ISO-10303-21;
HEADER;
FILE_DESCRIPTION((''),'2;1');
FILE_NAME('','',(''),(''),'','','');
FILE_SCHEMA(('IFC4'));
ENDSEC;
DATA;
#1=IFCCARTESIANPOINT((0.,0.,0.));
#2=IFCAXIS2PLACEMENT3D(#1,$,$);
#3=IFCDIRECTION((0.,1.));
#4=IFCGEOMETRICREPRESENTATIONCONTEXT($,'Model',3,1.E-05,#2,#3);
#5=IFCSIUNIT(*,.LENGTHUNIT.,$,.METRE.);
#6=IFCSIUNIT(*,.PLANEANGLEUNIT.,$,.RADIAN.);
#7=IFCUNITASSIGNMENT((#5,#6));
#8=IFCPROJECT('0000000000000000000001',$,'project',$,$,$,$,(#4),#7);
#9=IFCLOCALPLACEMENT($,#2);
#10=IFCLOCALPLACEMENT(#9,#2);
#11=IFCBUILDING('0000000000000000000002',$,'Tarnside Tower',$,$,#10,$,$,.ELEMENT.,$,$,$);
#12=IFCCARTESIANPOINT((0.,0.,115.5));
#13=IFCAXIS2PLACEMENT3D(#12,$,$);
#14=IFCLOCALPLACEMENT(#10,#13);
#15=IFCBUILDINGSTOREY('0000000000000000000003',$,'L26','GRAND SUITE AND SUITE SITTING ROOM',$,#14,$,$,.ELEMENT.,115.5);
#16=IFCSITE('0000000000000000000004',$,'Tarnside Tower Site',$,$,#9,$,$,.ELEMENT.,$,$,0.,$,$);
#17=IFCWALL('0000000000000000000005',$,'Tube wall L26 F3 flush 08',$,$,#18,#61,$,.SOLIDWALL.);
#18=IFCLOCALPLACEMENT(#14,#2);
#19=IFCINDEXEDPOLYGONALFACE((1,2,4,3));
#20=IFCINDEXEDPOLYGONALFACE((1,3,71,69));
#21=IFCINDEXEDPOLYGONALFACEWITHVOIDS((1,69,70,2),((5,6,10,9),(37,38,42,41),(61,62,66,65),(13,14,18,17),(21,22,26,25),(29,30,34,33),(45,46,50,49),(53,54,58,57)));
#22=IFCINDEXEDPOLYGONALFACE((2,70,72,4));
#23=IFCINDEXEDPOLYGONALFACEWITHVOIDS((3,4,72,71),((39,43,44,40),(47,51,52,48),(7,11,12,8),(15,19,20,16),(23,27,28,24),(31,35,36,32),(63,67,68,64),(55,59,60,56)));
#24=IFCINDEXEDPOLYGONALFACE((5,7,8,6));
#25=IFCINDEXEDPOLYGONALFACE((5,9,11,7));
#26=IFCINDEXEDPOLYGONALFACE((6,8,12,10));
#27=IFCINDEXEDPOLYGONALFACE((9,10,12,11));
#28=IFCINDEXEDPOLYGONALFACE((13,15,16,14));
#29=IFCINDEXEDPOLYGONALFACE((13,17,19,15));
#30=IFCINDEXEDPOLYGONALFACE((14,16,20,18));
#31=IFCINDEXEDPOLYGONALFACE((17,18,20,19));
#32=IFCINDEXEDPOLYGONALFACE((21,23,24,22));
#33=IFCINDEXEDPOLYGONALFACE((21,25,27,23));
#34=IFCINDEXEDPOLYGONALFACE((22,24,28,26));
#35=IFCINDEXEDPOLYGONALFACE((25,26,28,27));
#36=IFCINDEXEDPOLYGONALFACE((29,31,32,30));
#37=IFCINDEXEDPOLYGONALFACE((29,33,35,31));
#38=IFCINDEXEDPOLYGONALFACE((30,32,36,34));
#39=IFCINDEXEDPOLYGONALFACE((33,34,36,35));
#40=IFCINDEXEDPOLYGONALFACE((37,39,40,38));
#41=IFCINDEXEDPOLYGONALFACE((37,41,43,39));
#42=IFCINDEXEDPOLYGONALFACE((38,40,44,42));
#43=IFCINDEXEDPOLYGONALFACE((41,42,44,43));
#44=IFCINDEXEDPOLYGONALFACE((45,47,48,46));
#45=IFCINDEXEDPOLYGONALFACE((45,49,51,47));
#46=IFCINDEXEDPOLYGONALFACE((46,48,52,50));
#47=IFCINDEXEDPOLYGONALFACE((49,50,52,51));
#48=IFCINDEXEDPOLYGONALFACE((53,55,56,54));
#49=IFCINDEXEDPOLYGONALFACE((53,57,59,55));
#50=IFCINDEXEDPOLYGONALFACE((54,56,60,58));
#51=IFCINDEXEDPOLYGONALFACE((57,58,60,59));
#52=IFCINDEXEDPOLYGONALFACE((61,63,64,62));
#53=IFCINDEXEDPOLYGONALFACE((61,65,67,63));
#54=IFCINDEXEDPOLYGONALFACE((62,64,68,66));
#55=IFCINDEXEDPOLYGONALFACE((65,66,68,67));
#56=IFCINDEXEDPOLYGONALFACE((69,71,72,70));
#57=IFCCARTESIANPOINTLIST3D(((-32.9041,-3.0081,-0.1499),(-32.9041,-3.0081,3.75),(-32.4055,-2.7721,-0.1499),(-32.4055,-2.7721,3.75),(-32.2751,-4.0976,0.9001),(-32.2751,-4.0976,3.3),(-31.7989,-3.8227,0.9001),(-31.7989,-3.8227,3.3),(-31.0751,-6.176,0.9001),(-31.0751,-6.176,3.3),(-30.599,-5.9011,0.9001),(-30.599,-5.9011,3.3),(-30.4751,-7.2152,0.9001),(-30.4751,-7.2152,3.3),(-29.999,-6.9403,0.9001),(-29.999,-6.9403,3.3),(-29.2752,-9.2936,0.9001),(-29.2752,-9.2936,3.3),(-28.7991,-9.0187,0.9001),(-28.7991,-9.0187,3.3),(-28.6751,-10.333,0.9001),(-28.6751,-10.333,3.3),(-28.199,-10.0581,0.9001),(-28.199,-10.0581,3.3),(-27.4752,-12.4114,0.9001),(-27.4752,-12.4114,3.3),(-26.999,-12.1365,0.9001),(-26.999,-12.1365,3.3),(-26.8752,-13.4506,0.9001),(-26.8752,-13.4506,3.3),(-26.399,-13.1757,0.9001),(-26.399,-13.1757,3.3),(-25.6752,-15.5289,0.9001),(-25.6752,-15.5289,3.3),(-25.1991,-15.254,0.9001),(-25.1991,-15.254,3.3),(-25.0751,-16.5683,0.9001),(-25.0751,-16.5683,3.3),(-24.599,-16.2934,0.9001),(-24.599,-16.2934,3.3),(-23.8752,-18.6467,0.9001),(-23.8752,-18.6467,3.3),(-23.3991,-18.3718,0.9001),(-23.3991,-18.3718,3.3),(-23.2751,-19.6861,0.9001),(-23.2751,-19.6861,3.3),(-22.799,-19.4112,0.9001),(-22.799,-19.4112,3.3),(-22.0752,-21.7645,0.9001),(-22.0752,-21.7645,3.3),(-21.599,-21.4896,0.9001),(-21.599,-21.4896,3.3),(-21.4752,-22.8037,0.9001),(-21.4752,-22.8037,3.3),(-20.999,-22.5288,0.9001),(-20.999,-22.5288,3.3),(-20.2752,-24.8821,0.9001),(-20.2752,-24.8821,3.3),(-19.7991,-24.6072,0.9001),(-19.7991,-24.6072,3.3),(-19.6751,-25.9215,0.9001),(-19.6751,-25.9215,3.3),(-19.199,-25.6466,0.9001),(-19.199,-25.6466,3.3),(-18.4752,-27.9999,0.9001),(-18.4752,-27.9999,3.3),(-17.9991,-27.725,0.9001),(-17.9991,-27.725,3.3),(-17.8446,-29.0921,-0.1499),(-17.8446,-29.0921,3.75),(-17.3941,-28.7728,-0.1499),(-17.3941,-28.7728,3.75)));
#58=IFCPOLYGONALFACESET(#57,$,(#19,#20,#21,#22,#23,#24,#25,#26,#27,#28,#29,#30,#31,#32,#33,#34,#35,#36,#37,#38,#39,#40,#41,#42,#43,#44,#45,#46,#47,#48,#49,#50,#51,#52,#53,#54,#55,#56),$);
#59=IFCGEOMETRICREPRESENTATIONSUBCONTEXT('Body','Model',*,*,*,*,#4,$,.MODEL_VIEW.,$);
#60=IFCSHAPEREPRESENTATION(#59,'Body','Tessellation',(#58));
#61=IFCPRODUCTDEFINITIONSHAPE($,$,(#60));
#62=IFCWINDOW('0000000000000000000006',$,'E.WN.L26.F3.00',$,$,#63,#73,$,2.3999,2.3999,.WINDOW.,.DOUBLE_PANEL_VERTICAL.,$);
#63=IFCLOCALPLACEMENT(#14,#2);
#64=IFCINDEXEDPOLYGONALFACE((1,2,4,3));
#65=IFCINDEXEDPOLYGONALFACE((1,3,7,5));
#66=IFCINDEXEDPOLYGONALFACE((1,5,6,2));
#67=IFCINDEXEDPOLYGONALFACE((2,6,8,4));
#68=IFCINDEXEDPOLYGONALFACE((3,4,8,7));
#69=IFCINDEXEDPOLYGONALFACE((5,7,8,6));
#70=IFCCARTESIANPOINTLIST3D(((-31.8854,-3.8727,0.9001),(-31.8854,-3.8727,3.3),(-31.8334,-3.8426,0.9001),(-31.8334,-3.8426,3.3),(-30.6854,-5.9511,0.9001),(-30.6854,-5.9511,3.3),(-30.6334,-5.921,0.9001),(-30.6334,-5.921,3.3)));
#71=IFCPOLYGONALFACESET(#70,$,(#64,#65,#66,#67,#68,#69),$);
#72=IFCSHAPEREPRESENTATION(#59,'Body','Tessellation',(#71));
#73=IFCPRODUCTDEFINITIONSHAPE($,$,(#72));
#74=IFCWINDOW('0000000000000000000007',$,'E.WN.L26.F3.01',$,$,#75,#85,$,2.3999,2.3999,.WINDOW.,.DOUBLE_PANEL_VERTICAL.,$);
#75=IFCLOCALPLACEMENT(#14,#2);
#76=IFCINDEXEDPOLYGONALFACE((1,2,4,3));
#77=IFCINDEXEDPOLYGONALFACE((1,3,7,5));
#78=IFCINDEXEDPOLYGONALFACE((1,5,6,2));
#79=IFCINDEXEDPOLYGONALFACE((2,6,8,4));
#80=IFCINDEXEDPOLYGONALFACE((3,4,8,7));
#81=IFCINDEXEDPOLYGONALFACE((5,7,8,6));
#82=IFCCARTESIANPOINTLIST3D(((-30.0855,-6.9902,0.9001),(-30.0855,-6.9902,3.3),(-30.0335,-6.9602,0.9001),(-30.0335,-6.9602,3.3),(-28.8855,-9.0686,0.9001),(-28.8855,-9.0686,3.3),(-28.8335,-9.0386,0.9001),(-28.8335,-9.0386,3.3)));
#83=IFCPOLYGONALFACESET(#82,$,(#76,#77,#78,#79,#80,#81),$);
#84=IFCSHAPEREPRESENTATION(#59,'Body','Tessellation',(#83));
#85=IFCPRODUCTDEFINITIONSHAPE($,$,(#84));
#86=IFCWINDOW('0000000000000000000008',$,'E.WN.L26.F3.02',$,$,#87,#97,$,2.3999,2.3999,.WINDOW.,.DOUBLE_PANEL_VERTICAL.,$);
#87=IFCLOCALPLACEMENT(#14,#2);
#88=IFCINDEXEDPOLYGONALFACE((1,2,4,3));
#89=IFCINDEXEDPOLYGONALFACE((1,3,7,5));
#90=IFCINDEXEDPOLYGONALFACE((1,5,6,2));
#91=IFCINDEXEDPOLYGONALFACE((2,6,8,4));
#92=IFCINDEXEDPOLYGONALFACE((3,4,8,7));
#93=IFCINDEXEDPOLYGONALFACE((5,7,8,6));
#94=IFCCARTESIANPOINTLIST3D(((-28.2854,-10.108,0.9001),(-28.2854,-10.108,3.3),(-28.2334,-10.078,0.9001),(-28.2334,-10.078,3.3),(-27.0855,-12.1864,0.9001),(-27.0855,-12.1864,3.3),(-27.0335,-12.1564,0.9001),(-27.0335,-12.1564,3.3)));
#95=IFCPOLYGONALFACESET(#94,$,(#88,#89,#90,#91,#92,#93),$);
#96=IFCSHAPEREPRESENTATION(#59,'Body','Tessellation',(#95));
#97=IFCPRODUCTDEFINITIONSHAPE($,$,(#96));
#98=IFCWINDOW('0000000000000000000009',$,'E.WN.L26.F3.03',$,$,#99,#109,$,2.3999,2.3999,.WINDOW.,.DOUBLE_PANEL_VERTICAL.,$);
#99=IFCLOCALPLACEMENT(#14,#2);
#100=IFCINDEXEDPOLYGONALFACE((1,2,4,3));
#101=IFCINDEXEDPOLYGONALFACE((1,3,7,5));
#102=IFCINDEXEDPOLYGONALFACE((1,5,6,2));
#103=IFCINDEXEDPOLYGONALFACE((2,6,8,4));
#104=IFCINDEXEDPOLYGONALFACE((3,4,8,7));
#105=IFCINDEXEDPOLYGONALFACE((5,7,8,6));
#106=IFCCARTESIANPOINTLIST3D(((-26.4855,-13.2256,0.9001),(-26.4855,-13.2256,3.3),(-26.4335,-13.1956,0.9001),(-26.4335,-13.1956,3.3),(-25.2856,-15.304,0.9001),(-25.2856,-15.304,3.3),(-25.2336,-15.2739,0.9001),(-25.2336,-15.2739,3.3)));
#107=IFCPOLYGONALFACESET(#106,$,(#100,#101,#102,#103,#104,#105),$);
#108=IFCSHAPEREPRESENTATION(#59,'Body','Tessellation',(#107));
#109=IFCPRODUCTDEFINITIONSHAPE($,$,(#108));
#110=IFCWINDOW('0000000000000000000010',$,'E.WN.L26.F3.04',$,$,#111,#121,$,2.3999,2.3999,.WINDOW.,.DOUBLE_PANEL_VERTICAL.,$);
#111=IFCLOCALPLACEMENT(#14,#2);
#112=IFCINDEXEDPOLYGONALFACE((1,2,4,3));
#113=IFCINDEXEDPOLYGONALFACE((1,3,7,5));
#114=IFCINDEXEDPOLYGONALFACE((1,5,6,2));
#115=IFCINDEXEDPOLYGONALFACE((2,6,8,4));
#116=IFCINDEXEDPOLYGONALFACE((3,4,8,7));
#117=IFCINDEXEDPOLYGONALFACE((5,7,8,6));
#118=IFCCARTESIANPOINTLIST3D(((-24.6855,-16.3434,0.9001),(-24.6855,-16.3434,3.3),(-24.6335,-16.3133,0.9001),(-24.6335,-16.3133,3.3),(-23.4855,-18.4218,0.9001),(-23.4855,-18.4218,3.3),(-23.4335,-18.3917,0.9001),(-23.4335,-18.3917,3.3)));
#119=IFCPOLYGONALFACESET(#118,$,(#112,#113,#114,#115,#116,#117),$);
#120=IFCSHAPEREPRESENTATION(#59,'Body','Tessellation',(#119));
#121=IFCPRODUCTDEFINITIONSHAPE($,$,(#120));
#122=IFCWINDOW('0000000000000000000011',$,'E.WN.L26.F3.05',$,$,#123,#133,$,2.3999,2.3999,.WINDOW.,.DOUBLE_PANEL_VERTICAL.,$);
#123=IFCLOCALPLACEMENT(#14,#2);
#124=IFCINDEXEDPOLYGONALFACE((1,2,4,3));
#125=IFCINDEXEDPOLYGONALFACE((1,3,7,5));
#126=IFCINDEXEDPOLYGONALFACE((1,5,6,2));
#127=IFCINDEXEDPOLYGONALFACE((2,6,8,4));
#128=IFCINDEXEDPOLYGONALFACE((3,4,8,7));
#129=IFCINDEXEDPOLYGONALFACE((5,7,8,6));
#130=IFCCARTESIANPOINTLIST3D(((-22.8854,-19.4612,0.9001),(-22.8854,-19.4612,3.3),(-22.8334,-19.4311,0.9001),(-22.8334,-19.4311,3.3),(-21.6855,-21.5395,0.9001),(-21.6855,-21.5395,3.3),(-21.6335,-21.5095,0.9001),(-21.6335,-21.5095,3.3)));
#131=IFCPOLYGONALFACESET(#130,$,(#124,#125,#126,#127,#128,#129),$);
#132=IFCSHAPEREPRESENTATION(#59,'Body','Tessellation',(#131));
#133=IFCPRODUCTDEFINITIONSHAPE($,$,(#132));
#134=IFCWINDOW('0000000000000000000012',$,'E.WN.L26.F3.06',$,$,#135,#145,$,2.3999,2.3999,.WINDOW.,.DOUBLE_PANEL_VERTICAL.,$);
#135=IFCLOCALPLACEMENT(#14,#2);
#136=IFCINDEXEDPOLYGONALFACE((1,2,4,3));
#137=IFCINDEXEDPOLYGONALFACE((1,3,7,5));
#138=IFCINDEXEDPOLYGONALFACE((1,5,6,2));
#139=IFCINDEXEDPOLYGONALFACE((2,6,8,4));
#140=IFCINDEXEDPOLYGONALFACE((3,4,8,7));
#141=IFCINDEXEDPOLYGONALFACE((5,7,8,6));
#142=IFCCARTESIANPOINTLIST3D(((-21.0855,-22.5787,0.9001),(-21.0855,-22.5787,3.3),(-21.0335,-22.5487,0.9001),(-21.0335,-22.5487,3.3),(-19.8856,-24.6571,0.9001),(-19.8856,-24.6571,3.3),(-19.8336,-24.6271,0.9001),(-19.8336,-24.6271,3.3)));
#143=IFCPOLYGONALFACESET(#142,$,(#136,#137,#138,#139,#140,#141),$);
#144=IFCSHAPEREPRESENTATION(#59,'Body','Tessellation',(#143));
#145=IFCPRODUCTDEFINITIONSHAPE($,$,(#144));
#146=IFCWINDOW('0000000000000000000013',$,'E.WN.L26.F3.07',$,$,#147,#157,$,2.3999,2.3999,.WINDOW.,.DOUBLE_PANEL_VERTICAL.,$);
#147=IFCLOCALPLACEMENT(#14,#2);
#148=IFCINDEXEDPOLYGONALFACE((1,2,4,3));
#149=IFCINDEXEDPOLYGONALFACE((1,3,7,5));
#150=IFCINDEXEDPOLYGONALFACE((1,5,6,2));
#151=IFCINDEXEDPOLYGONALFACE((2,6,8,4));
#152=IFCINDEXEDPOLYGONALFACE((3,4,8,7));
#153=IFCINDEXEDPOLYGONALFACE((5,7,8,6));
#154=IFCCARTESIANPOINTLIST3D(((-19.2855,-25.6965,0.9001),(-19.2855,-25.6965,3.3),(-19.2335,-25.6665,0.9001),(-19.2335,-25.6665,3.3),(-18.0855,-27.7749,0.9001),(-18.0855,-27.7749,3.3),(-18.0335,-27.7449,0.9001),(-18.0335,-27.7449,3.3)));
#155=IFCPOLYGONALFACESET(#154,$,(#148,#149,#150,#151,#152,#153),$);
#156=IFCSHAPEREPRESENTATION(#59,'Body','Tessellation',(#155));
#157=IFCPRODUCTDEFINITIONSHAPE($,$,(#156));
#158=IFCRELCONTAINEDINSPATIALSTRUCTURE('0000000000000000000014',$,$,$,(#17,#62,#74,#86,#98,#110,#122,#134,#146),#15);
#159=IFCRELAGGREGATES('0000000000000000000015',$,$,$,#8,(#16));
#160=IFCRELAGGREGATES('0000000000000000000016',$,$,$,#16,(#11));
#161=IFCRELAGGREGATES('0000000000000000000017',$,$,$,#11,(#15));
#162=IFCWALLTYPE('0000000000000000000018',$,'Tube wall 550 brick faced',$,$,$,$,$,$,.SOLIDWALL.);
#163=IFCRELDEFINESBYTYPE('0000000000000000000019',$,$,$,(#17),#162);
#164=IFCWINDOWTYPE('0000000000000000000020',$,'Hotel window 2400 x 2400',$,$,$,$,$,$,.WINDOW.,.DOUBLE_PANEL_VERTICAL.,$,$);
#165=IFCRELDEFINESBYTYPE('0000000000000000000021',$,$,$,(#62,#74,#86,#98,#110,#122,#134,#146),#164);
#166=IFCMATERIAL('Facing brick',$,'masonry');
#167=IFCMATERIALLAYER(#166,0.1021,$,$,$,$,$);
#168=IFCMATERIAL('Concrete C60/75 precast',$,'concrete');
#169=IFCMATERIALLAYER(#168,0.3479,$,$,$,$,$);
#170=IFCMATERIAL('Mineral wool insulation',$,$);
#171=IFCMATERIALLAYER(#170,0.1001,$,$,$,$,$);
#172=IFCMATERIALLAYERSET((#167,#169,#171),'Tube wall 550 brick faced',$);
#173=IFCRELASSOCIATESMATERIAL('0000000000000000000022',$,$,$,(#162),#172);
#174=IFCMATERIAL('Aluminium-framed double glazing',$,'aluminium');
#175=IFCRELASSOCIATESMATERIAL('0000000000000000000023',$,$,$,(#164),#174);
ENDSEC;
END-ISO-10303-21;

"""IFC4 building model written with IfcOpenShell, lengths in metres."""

from ifc_helpers import new_model, si_unit, direction, frame, frame_2d, origin, place, context, subcontext, project, spatial, polyline, rectangle, outline, extrude, material, layer, layer_set, type_object, element, fill, save


model = new_model("IFC4")

# Units and contexts
model_context = context("Model", 3, precision=1e-05, world=origin(), true_north=direction((0.0, 1.0)))
body_context = subcontext(model_context, "Body", "Model", "MODEL_VIEW")
ifc_project = project(units=[si_unit("LENGTHUNIT", "METRE"), si_unit("PLANEANGLEUNIT", "RADIAN")], contexts=[model_context])

# Site, building, storey
site_placement = place(None, origin())
site = spatial("IfcSite", under=ifc_project, at=site_placement, Name="Tarnside Tower Site", CompositionType="ELEMENT", RefElevation=0.0)
building_placement = place(site_placement, origin())
building = spatial("IfcBuilding", under=site, at=building_placement, Name="Tarnside Tower", CompositionType="ELEMENT")
storey_placement = place(building_placement, frame((0.0, 0.0, 115.5)))
storey = spatial("IfcBuildingStorey", under=building, at=storey_placement, Name="L26", Description="GRAND SUITE AND SUITE SITTING ROOM", CompositionType="ELEMENT", Elevation=115.5)

# Shared definitions
ifc_material_1 = material(Name="Facing brick", Category="masonry")
ifc_layer_1 = layer(ifc_material_1, 0.1021)
ifc_material_2 = material(Name="Concrete C60/75 precast", Category="concrete")
ifc_layer_2 = layer(ifc_material_2, 0.3479)
ifc_material_3 = material(Name="Mineral wool insulation")
ifc_layer_3 = layer(ifc_material_3, 0.1001)
ifc_layer_set_1 = layer_set([ifc_layer_1, ifc_layer_2, ifc_layer_3], Name="Tube wall 550 brick faced")
wall_type_1 = type_object("IfcWallType", Name="Tube wall 550 brick faced", PredefinedType="SOLIDWALL", material=ifc_layer_set_1)

# Wall, openings, windows
wall_1_placement = place(storey_placement, frame((-32.6548, -2.8901, -0.1499), z_axis=(0.0, 0.0, 1.0), x_axis=(0.499998, -0.866027, 0.0)))
wall_1 = element("IfcWall", 1, at=wall_1_placement, inside=storey, type_object=wall_type_1, Name="Tube wall L26 F3 flush 08", PredefinedType="SOLIDWALL", context=body_context, shape_type="SweptSolid", body=[
    extrude(outline(polyline([(-0.0225, -0.2749), (30.0967, -0.2749), (30.0454, 0.2749), (0.0225, 0.2749), (-0.0225, -0.2749)])), origin(), (0.0, 0.0, 1.0), 3.8999),
])
opening_1_placement = place(wall_1_placement, frame((1.2356, 0.0, 1.05)))
opening_1 = element("IfcOpeningElement", 2, at=opening_1_placement, cuts=wall_1, PredefinedType="OPENING", context=body_context, shape_type="SweptSolid", body=[
    extrude(rectangle(XDim=2.3999, YDim=2.3999, at=frame_2d((1.2, 1.2))), frame((0.0, 0.2852, 0.0), z_axis=(0.0, -1.0, 0.0), x_axis=(1.0, 0.0, 0.0)), (0.0, 0.0, 1.0), 0.5701),
])
opening_2_placement = place(wall_1_placement, frame((4.8354, 0.0, 1.05)))
opening_2 = element("IfcOpeningElement", 3, at=opening_2_placement, cuts=wall_1, PredefinedType="OPENING", context=body_context, shape_type="SweptSolid", body=[
    extrude(rectangle(XDim=2.3999, YDim=2.3999, at=frame_2d((1.2, 1.2))), frame((0.0, 0.2852, 0.0), z_axis=(0.0, -1.0, 0.0), x_axis=(1.0, 0.0, 0.0)), (0.0, 0.0, 1.0), 0.5701),
])
opening_3_placement = place(wall_1_placement, frame((8.4355, 0.0, 1.05)))
opening_3 = element("IfcOpeningElement", 4, at=opening_3_placement, cuts=wall_1, PredefinedType="OPENING", context=body_context, shape_type="SweptSolid", body=[
    extrude(rectangle(XDim=2.3999, YDim=2.3999, at=frame_2d((1.2, 1.2))), frame((0.0, 0.2852, 0.0), z_axis=(0.0, -1.0, 0.0), x_axis=(1.0, 0.0, 0.0)), (0.0, 0.0, 1.0), 0.5701),
])
opening_4_placement = place(wall_1_placement, frame((12.0354, 0.0, 1.05)))
opening_4 = element("IfcOpeningElement", 5, at=opening_4_placement, cuts=wall_1, PredefinedType="OPENING", context=body_context, shape_type="SweptSolid", body=[
    extrude(rectangle(XDim=2.3999, YDim=2.3999, at=frame_2d((1.2, 1.2))), frame((0.0, 0.2852, 0.0), z_axis=(0.0, -1.0, 0.0), x_axis=(1.0, 0.0, 0.0)), (0.0, 0.0, 1.0), 0.5701),
])
opening_5_placement = place(wall_1_placement, frame((15.6355, 0.0, 1.05)))
opening_5 = element("IfcOpeningElement", 6, at=opening_5_placement, cuts=wall_1, PredefinedType="OPENING", context=body_context, shape_type="SweptSolid", body=[
    extrude(rectangle(XDim=2.3999, YDim=2.3999, at=frame_2d((1.2, 1.2))), frame((0.0, 0.2852, 0.0), z_axis=(0.0, -1.0, 0.0), x_axis=(1.0, 0.0, 0.0)), (0.0, 0.0, 1.0), 0.5701),
])
opening_6_placement = place(wall_1_placement, frame((19.2356, 0.0, 1.05)))
opening_6 = element("IfcOpeningElement", 7, at=opening_6_placement, cuts=wall_1, PredefinedType="OPENING", context=body_context, shape_type="SweptSolid", body=[
    extrude(rectangle(XDim=2.3999, YDim=2.3999, at=frame_2d((1.2, 1.2))), frame((0.0, 0.2852, 0.0), z_axis=(0.0, -1.0, 0.0), x_axis=(1.0, 0.0, 0.0)), (0.0, 0.0, 1.0), 0.5701),
])
opening_7_placement = place(wall_1_placement, frame((22.8354, 0.0, 1.05)))
opening_7 = element("IfcOpeningElement", 8, at=opening_7_placement, cuts=wall_1, PredefinedType="OPENING", context=body_context, shape_type="SweptSolid", body=[
    extrude(rectangle(XDim=2.3999, YDim=2.3999, at=frame_2d((1.2, 1.2))), frame((0.0, 0.2852, 0.0), z_axis=(0.0, -1.0, 0.0), x_axis=(1.0, 0.0, 0.0)), (0.0, 0.0, 1.0), 0.5701),
])
opening_8_placement = place(wall_1_placement, frame((26.4355, 0.0, 1.05)))
opening_8 = element("IfcOpeningElement", 9, at=opening_8_placement, cuts=wall_1, PredefinedType="OPENING", context=body_context, shape_type="SweptSolid", body=[
    extrude(rectangle(XDim=2.3999, YDim=2.3999, at=frame_2d((1.2, 1.2))), frame((0.0, 0.2852, 0.0), z_axis=(0.0, -1.0, 0.0), x_axis=(1.0, 0.0, 0.0)), (0.0, 0.0, 1.0), 0.5701),
])
ifc_material_4 = material(Name="Aluminium-framed double glazing", Category="aluminium")
window_type = type_object("IfcWindowType", Name="Hotel window 2400 x 2400", PartitioningType="DOUBLE_PANEL_VERTICAL", PredefinedType="WINDOW", material=ifc_material_4)
window_1_placement = place(opening_1_placement, frame((0.0, 0.2051, 0.0)))
window_1 = element("IfcWindow", 10, at=window_1_placement, inside=storey, type_object=window_type, Name="E.WN.L26.F3.00", OverallHeight=2.3999, OverallWidth=2.3999, PartitioningType="DOUBLE_PANEL_VERTICAL", PredefinedType="WINDOW", context=body_context, shape_type="SweptSolid", body=[
    extrude(rectangle(XDim=2.3999, YDim=2.3999, at=frame_2d((1.2, 1.2))), frame((0.0, 0.03, 0.0), z_axis=(0.0, -1.0, 0.0), x_axis=(1.0, 0.0, 0.0)), (0.0, 0.0, 1.0), 0.0601),
])
fill(opening_1, window_1)
window_2_placement = place(opening_2_placement, frame((0.0, 0.2051, 0.0)))
window_2 = element("IfcWindow", 11, at=window_2_placement, inside=storey, type_object=window_type, Name="E.WN.L26.F3.01", OverallHeight=2.3999, OverallWidth=2.3999, PartitioningType="DOUBLE_PANEL_VERTICAL", PredefinedType="WINDOW", context=body_context, shape_type="SweptSolid", body=[
    extrude(rectangle(XDim=2.3999, YDim=2.3999, at=frame_2d((1.2, 1.2))), frame((0.0, 0.03, 0.0), z_axis=(0.0, -1.0, 0.0), x_axis=(1.0, 0.0, 0.0)), (0.0, 0.0, 1.0), 0.0601),
])
fill(opening_2, window_2)
window_3_placement = place(opening_3_placement, frame((0.0, 0.2051, 0.0)))
window_3 = element("IfcWindow", 12, at=window_3_placement, inside=storey, type_object=window_type, Name="E.WN.L26.F3.02", OverallHeight=2.3999, OverallWidth=2.3999, PartitioningType="DOUBLE_PANEL_VERTICAL", PredefinedType="WINDOW", context=body_context, shape_type="SweptSolid", body=[
    extrude(rectangle(XDim=2.3999, YDim=2.3999, at=frame_2d((1.2, 1.2))), frame((0.0, 0.03, 0.0), z_axis=(0.0, -1.0, 0.0), x_axis=(1.0, 0.0, 0.0)), (0.0, 0.0, 1.0), 0.0601),
])
fill(opening_3, window_3)
window_4_placement = place(opening_4_placement, frame((0.0, 0.2051, 0.0)))
window_4 = element("IfcWindow", 13, at=window_4_placement, inside=storey, type_object=window_type, Name="E.WN.L26.F3.03", OverallHeight=2.3999, OverallWidth=2.3999, PartitioningType="DOUBLE_PANEL_VERTICAL", PredefinedType="WINDOW", context=body_context, shape_type="SweptSolid", body=[
    extrude(rectangle(XDim=2.3999, YDim=2.3999, at=frame_2d((1.2, 1.2))), frame((0.0, 0.03, 0.0), z_axis=(0.0, -1.0, 0.0), x_axis=(1.0, 0.0, 0.0)), (0.0, 0.0, 1.0), 0.0601),
])
fill(opening_4, window_4)
window_5_placement = place(opening_5_placement, frame((0.0, 0.2051, 0.0)))
window_5 = element("IfcWindow", 14, at=window_5_placement, inside=storey, type_object=window_type, Name="E.WN.L26.F3.04", OverallHeight=2.3999, OverallWidth=2.3999, PartitioningType="DOUBLE_PANEL_VERTICAL", PredefinedType="WINDOW", context=body_context, shape_type="SweptSolid", body=[
    extrude(rectangle(XDim=2.3999, YDim=2.3999, at=frame_2d((1.2, 1.2))), frame((0.0, 0.03, 0.0), z_axis=(0.0, -1.0, 0.0), x_axis=(1.0, 0.0, 0.0)), (0.0, 0.0, 1.0), 0.0601),
])
fill(opening_5, window_5)
window_6_placement = place(opening_6_placement, frame((0.0, 0.2051, 0.0)))
window_6 = element("IfcWindow", 15, at=window_6_placement, inside=storey, type_object=window_type, Name="E.WN.L26.F3.05", OverallHeight=2.3999, OverallWidth=2.3999, PartitioningType="DOUBLE_PANEL_VERTICAL", PredefinedType="WINDOW", context=body_context, shape_type="SweptSolid", body=[
    extrude(rectangle(XDim=2.3999, YDim=2.3999, at=frame_2d((1.2, 1.2))), frame((0.0, 0.03, 0.0), z_axis=(0.0, -1.0, 0.0), x_axis=(1.0, 0.0, 0.0)), (0.0, 0.0, 1.0), 0.0601),
])
fill(opening_6, window_6)
window_7_placement = place(opening_7_placement, frame((0.0, 0.2051, 0.0)))
window_7 = element("IfcWindow", 16, at=window_7_placement, inside=storey, type_object=window_type, Name="E.WN.L26.F3.06", OverallHeight=2.3999, OverallWidth=2.3999, PartitioningType="DOUBLE_PANEL_VERTICAL", PredefinedType="WINDOW", context=body_context, shape_type="SweptSolid", body=[
    extrude(rectangle(XDim=2.3999, YDim=2.3999, at=frame_2d((1.2, 1.2))), frame((0.0, 0.03, 0.0), z_axis=(0.0, -1.0, 0.0), x_axis=(1.0, 0.0, 0.0)), (0.0, 0.0, 1.0), 0.0601),
])
fill(opening_7, window_7)
window_8_placement = place(opening_8_placement, frame((0.0, 0.2051, 0.0)))
window_8 = element("IfcWindow", 17, at=window_8_placement, inside=storey, type_object=window_type, Name="E.WN.L26.F3.07", OverallHeight=2.3999, OverallWidth=2.3999, PartitioningType="DOUBLE_PANEL_VERTICAL", PredefinedType="WINDOW", context=body_context, shape_type="SweptSolid", body=[
    extrude(rectangle(XDim=2.3999, YDim=2.3999, at=frame_2d((1.2, 1.2))), frame((0.0, 0.03, 0.0), z_axis=(0.0, -1.0, 0.0), x_axis=(1.0, 0.0, 0.0)), (0.0, 0.0, 1.0), 0.0601),
])
fill(opening_8, window_8)

save(model, "model.ifc")
